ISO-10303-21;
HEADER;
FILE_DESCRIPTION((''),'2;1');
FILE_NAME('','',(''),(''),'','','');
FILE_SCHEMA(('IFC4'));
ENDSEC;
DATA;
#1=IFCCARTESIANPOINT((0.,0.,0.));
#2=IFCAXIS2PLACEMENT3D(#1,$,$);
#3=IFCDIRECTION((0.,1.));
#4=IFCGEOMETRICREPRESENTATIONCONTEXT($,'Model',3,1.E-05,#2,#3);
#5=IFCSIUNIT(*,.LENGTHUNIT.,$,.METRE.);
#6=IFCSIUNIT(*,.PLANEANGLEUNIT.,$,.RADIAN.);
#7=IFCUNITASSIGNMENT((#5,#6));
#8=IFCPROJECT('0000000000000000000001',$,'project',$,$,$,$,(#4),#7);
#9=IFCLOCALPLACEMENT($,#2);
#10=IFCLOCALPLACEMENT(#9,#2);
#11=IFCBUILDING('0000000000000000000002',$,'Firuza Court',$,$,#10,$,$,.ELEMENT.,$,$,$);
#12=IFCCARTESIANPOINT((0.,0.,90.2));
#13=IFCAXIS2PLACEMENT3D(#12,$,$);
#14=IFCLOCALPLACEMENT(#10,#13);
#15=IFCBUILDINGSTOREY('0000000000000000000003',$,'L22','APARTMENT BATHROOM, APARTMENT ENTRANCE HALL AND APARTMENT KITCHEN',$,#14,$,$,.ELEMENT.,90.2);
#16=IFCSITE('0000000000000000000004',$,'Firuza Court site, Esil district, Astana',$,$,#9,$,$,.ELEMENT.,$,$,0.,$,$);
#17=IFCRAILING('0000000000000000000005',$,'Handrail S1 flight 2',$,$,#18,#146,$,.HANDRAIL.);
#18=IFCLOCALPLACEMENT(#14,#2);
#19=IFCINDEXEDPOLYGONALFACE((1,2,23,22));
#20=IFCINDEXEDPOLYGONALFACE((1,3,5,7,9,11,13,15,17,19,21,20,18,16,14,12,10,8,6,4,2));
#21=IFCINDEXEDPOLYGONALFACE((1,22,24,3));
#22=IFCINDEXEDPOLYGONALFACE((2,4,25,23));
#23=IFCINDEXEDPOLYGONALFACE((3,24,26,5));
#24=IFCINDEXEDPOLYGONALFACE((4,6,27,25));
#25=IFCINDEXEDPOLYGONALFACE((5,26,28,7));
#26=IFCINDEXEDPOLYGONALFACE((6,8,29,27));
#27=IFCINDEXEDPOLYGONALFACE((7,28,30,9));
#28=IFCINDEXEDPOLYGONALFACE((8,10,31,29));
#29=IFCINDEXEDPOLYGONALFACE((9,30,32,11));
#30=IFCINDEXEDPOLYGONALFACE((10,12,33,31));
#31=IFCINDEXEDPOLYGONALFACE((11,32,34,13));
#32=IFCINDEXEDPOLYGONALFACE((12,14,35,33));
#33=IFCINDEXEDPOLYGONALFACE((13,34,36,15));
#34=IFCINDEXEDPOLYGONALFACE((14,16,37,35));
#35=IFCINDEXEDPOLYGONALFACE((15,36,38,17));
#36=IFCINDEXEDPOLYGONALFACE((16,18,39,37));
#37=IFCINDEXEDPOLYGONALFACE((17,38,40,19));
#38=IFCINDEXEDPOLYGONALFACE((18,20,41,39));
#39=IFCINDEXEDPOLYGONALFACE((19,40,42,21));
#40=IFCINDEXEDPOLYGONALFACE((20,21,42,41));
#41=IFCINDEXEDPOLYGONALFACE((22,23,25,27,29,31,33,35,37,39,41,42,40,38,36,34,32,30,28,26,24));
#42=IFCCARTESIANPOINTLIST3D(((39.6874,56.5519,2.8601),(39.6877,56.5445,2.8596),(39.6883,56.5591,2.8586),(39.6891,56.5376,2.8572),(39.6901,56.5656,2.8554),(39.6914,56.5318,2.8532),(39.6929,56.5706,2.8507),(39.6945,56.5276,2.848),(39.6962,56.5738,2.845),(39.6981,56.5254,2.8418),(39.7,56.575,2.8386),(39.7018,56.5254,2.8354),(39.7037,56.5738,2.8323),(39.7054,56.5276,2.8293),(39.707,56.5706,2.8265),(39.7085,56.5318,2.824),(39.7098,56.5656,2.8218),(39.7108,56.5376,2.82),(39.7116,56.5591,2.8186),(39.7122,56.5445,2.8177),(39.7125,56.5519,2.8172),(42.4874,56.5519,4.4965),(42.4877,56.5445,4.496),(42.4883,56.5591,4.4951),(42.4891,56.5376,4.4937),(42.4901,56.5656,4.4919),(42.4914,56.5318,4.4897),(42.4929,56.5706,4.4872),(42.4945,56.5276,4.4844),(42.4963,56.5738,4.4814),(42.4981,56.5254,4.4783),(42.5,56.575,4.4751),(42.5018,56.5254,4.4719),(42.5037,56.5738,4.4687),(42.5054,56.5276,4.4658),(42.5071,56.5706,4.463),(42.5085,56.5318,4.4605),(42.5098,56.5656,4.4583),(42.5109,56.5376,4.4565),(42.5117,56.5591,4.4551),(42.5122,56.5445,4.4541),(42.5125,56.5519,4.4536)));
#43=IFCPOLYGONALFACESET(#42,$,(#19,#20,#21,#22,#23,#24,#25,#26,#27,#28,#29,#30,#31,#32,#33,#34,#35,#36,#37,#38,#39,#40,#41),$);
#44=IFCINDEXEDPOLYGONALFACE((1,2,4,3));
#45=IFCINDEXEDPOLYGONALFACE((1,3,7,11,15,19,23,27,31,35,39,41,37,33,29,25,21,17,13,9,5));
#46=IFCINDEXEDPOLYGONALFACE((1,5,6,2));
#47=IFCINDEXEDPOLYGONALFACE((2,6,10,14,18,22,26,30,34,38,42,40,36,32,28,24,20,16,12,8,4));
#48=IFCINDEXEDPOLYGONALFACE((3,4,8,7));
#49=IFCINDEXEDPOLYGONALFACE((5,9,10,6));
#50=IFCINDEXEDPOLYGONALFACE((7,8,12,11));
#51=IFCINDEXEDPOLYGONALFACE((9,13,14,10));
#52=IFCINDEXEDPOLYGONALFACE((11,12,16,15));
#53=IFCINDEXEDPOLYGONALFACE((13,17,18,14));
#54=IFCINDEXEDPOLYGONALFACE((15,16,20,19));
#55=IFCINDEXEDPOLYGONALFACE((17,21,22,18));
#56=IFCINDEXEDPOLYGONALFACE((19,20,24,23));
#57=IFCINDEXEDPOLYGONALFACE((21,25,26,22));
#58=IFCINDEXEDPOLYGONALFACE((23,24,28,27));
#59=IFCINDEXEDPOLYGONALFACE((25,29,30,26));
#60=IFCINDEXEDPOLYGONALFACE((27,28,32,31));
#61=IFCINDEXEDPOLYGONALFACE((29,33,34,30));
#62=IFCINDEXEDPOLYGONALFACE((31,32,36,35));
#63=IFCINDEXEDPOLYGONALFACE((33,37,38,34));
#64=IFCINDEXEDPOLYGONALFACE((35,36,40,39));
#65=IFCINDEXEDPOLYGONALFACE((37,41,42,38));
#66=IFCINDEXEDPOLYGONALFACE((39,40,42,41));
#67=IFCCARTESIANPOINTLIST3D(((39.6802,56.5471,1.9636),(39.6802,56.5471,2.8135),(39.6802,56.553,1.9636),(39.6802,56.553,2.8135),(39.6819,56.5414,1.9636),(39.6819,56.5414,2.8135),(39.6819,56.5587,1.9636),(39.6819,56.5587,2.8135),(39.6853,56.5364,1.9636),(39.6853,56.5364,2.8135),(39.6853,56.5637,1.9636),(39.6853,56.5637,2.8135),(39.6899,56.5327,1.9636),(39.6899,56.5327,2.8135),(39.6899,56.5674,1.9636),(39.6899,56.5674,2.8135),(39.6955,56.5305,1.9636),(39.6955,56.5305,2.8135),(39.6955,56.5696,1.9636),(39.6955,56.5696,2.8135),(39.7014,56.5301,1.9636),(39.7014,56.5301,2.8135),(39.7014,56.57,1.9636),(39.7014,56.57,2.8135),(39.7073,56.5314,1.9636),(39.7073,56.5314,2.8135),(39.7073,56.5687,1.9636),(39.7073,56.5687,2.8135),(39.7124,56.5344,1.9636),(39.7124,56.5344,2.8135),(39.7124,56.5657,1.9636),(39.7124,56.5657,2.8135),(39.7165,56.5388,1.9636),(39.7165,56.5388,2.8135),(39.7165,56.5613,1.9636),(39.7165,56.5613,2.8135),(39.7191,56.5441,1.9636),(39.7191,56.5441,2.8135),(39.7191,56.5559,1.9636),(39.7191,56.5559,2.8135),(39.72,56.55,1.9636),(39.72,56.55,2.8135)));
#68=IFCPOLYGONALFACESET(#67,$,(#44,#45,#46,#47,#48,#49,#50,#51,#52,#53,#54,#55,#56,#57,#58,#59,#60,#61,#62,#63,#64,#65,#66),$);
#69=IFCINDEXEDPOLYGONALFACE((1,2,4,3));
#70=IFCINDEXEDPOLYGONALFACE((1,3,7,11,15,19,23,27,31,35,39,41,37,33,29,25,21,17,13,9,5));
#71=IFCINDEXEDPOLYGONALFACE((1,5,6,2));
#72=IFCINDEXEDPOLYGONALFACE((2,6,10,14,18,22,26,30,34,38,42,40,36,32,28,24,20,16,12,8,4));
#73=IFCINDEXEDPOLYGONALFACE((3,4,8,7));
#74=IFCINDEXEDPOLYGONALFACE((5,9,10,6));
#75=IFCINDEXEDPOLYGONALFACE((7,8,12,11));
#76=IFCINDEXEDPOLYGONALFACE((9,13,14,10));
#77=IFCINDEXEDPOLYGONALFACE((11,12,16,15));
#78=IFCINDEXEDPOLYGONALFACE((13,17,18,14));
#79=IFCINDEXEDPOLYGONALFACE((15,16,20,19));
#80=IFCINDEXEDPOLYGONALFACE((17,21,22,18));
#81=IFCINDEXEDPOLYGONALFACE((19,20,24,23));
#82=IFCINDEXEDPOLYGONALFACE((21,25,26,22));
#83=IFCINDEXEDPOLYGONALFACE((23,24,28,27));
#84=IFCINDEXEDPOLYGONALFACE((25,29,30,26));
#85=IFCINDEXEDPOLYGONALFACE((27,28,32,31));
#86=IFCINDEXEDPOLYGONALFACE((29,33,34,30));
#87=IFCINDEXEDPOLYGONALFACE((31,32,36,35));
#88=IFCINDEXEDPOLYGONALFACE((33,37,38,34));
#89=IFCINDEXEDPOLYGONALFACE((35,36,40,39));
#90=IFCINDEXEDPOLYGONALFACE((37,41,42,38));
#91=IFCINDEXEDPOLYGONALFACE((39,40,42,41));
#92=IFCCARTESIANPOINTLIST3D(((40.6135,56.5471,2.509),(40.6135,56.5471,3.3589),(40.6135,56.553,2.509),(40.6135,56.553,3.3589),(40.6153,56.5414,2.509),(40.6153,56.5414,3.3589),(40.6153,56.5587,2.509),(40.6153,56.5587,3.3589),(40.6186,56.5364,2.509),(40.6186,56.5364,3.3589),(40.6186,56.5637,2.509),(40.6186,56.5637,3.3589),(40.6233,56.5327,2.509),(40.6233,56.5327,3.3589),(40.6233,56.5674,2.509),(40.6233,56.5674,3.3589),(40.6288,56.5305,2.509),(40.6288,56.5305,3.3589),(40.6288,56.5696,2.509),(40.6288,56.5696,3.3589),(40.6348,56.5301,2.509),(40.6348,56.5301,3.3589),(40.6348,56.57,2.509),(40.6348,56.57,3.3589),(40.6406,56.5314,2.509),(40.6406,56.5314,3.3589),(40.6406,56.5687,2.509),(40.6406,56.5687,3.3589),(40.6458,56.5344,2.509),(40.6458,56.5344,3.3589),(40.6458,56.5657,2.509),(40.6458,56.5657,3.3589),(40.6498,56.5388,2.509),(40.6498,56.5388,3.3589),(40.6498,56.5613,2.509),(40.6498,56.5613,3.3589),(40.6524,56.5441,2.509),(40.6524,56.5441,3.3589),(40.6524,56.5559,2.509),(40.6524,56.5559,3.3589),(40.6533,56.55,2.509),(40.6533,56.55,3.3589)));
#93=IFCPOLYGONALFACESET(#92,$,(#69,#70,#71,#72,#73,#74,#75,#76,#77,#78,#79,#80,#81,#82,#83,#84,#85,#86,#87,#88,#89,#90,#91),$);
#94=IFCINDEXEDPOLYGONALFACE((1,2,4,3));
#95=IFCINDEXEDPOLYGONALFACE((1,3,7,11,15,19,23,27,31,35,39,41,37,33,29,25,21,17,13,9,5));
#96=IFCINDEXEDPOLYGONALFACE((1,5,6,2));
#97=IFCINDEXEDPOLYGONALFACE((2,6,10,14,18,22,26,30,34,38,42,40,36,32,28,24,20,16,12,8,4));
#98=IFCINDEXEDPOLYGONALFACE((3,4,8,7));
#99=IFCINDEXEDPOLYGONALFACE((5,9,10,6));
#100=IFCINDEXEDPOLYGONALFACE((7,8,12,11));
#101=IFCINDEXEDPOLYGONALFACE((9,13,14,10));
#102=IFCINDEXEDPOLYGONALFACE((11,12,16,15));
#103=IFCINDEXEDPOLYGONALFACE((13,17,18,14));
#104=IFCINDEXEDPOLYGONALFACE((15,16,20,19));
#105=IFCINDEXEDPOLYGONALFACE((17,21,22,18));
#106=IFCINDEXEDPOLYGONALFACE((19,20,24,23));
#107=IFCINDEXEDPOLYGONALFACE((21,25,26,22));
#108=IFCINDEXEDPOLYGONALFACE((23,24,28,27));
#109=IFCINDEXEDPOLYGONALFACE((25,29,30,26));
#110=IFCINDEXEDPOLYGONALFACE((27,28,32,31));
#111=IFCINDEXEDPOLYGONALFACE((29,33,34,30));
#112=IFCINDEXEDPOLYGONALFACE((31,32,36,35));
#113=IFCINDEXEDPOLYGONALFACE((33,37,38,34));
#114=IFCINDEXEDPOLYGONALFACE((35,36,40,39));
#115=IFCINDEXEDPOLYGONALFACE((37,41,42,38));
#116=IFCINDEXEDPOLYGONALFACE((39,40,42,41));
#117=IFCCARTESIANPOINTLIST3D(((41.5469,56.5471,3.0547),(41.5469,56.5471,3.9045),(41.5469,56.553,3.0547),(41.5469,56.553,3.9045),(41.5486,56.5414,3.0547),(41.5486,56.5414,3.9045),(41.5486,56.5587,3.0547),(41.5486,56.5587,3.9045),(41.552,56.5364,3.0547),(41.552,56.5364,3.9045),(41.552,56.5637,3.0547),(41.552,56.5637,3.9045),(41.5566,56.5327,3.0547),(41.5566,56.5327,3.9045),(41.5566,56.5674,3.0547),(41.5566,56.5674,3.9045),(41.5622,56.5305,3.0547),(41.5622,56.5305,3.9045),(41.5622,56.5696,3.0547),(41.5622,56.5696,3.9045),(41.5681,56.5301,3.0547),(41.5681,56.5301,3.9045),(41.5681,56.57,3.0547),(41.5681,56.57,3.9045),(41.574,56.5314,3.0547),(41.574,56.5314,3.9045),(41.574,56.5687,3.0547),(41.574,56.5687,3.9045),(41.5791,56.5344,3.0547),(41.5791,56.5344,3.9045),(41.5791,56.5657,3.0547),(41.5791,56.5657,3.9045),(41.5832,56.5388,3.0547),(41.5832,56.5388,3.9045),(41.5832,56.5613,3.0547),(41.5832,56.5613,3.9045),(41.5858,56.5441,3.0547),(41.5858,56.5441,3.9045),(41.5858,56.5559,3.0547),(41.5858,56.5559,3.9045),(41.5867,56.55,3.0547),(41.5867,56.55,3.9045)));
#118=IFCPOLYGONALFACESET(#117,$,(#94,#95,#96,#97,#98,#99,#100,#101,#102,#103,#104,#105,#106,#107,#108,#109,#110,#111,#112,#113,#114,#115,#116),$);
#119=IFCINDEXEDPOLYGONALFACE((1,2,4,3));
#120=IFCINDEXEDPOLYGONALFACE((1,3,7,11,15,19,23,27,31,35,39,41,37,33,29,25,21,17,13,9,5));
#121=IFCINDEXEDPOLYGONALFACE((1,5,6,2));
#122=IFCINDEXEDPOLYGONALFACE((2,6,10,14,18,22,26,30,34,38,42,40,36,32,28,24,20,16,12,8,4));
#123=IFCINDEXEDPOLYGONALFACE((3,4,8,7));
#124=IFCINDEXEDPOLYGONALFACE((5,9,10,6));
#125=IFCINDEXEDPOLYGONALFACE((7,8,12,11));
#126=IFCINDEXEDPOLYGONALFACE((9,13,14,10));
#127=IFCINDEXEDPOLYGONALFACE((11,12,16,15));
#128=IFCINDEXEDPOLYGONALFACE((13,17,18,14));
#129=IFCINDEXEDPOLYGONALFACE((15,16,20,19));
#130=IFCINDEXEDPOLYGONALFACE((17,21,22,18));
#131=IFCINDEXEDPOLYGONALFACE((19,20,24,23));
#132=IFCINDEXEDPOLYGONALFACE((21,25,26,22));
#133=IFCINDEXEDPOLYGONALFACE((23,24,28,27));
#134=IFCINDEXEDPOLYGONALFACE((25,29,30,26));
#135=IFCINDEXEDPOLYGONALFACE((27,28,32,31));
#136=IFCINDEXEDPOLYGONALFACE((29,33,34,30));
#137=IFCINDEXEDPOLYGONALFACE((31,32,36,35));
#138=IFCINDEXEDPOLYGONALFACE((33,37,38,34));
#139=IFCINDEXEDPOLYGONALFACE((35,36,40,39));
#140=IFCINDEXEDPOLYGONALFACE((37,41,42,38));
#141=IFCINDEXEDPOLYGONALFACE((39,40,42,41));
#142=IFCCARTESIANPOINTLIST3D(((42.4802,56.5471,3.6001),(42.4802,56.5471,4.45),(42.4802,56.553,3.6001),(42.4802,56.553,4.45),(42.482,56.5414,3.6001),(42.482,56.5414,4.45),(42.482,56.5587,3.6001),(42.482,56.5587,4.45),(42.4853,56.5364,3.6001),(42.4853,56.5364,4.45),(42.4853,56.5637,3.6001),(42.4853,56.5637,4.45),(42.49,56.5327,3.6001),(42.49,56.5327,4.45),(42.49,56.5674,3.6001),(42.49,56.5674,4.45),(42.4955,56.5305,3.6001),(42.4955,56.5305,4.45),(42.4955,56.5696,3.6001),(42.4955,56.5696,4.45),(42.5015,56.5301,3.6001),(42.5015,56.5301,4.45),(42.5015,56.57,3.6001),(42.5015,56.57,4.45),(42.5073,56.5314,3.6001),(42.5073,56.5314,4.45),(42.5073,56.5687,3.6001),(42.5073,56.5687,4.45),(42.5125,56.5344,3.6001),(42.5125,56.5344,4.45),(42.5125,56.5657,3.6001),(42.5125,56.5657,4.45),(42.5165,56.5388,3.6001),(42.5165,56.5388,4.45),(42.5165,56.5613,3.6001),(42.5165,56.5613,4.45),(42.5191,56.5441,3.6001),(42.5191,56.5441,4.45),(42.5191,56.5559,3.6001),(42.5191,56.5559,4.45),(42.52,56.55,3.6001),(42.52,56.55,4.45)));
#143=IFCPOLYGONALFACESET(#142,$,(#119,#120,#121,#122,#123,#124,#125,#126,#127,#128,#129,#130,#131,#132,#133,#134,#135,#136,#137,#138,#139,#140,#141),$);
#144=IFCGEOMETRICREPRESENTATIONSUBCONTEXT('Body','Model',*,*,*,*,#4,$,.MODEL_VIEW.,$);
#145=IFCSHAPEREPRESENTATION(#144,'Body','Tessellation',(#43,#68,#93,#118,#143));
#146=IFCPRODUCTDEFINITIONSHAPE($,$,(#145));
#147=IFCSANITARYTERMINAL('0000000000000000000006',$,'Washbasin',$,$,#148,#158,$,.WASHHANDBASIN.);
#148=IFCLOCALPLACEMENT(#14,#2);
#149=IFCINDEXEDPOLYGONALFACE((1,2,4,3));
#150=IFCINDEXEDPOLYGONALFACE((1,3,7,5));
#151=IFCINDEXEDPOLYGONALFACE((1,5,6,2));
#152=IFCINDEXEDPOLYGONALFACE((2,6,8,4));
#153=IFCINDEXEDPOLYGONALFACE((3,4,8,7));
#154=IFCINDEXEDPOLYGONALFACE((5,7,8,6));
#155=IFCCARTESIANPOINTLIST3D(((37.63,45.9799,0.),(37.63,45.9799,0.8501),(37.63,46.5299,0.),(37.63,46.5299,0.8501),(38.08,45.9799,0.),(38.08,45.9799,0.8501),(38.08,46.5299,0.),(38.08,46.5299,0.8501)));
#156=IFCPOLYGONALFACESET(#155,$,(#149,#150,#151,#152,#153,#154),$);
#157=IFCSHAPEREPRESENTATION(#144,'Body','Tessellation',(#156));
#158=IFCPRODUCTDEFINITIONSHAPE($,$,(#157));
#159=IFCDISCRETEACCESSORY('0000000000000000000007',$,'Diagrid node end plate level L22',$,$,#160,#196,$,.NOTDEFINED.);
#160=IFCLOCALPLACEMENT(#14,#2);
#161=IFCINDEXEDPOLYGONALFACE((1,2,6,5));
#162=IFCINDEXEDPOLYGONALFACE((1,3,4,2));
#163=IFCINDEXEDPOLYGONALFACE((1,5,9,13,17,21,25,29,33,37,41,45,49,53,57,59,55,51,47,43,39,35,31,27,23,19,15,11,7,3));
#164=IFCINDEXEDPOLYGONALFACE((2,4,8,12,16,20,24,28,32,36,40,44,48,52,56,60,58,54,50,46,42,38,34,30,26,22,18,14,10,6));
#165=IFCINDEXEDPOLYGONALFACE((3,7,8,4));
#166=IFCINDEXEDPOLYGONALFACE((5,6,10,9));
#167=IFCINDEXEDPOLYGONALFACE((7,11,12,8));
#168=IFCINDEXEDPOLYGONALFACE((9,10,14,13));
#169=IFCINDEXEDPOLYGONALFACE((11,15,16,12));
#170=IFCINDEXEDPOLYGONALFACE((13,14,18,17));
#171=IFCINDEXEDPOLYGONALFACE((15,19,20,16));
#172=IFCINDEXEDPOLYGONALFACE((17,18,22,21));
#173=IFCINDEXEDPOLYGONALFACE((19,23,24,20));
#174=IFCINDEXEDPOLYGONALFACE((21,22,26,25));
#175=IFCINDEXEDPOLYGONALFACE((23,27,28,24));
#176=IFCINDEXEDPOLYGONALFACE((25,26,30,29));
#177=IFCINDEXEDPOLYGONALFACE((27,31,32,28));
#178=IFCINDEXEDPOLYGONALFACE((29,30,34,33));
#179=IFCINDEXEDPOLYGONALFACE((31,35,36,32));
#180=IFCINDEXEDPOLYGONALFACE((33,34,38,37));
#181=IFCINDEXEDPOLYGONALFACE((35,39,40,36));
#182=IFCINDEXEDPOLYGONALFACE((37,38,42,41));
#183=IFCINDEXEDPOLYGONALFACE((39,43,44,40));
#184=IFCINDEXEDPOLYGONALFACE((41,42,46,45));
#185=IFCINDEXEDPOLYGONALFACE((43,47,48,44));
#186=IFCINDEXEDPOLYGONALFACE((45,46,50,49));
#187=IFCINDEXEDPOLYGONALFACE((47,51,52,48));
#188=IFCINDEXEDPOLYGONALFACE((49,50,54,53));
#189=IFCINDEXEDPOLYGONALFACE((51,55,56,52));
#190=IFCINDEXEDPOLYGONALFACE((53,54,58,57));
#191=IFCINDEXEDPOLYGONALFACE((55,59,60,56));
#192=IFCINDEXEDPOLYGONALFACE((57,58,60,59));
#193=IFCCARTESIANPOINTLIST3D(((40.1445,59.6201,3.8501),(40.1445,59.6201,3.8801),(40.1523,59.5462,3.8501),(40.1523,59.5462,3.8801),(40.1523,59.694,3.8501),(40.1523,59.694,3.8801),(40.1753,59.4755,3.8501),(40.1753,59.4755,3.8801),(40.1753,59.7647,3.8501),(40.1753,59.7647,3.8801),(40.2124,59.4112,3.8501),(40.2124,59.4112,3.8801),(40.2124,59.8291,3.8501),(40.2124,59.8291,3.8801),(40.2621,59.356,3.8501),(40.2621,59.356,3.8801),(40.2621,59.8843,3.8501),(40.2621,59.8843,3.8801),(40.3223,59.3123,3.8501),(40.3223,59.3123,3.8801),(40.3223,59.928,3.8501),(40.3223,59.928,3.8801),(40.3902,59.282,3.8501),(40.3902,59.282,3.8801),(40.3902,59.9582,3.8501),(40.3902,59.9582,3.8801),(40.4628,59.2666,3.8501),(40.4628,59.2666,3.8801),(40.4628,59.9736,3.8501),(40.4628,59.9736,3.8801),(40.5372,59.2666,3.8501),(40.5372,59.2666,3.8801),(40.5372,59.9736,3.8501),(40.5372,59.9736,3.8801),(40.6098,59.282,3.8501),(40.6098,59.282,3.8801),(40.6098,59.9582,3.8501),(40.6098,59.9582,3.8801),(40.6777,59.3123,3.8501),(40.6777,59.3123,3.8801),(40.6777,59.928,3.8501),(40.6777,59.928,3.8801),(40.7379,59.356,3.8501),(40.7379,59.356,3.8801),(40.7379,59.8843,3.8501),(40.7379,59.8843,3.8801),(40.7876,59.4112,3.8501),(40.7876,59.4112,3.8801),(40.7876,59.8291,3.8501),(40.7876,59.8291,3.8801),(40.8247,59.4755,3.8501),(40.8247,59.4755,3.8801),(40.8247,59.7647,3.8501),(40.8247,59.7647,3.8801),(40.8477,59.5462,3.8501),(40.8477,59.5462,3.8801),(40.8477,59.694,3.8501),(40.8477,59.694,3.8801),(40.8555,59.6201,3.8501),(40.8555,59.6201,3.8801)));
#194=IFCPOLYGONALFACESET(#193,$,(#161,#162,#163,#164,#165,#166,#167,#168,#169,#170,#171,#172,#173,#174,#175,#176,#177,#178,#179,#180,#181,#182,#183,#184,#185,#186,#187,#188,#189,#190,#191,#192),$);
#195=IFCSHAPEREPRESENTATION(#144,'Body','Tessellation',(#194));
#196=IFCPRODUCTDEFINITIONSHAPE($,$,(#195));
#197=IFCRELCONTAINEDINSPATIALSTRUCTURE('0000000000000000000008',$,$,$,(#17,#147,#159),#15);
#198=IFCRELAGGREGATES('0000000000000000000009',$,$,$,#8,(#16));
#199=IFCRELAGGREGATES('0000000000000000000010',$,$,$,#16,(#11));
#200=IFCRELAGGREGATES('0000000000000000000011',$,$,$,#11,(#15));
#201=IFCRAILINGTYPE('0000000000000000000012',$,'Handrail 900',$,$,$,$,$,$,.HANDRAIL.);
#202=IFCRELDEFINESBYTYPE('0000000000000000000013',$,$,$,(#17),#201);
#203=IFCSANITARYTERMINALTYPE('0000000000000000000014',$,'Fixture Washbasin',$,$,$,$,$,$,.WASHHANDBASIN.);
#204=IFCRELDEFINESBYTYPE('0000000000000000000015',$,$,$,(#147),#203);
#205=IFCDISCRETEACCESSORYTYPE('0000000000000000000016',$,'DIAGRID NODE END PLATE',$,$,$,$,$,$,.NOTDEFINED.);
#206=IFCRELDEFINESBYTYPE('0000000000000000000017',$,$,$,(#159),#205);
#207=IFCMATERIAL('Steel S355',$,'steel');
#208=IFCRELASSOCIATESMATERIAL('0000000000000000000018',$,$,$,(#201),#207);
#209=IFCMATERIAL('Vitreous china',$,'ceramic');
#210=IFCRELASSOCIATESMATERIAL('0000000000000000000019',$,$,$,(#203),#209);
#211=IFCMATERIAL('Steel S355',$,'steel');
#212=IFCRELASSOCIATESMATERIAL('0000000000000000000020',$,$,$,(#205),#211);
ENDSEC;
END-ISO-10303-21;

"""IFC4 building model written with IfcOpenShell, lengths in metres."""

from ifc_helpers import new_model, si_unit, direction, frame, origin, origin_2d, place, context, subcontext, project, spatial, rectangle, circle, extrude, material, material_profile, profile_set, type_object, element, save


model = new_model("IFC4")

# Units and contexts
model_context = context("Model", 3, precision=1e-05, world=origin(), true_north=direction((0.0, 1.0)))
body_context = subcontext(model_context, "Body", "Model", "MODEL_VIEW")
ifc_project = project(units=[si_unit("LENGTHUNIT", "METRE"), si_unit("PLANEANGLEUNIT", "RADIAN")], contexts=[model_context])

# Site, building, storey
site_placement = place(None, origin())
site = spatial("IfcSite", under=ifc_project, at=site_placement, Name="Firuza Court site, Esil district, Astana", CompositionType="ELEMENT", RefElevation=0.0)
building_placement = place(site_placement, origin())
building = spatial("IfcBuilding", under=site, at=building_placement, Name="Firuza Court", CompositionType="ELEMENT")
storey_placement = place(building_placement, frame((0.0, 0.0, 90.2)))
storey = spatial("IfcBuildingStorey", under=building, at=storey_placement, Name="L22", Description="APARTMENT BATHROOM, APARTMENT ENTRANCE HALL AND APARTMENT KITCHEN", CompositionType="ELEMENT", Elevation=90.2)

# Railing
ifc_material_1 = material(Name="Steel S355", Category="steel")
railing_type_1 = type_object("IfcRailingType", Name="Handrail 900", PredefinedType="HANDRAIL", material=ifc_material_1)
railing_1_placement = place(storey_placement, frame((39.7, 56.55, 1.9636)))
element("IfcRailing", 1, at=railing_1_placement, inside=storey, type_object=railing_type_1, Name="Handrail S1 flight 2", PredefinedType="HANDRAIL", context=body_context, shape_type="SweptSolid", body=[
    extrude(circle(Radius=0.0249, at=origin_2d()), frame((0.0, 0.0, 0.875), z_axis=(0.863361, 0.0, 0.504587), x_axis=(0.0, 1.0, 0.0)), (0.0, 0.0, 1.0), 3.2432),
    extrude(circle(Radius=0.02, at=origin_2d()), origin(), (0.0, 0.0, 1.0), 0.8499),
    extrude(circle(Radius=0.02, at=origin_2d()), frame((0.9333, 0.0, 0.5454)), (0.0, 0.0, 1.0), 0.8499),
    extrude(circle(Radius=0.02, at=origin_2d()), frame((1.8667, 0.0, 1.0911)), (0.0, 0.0, 1.0), 0.8499),
    extrude(circle(Radius=0.02, at=origin_2d()), frame((2.8, 0.0, 1.6365)), (0.0, 0.0, 1.0), 0.8499),
])

# Sanitary terminal
ifc_material_2 = material(Name="Vitreous china", Category="ceramic")
sanitary_terminal_type = type_object("IfcSanitaryTerminalType", Name="Fixture Washbasin", PredefinedType="WASHHANDBASIN", material=ifc_material_2)
sanitary_terminal_placement = place(storey_placement, frame((37.855, 46.2549, 0.0), z_axis=(0.0, 0.0, 1.0), x_axis=(1.0, 0.0, 0.0)))
element("IfcSanitaryTerminal", 2, at=sanitary_terminal_placement, inside=storey, type_object=sanitary_terminal_type, Name="Washbasin", PredefinedType="WASHHANDBASIN", context=body_context, shape_type="SweptSolid", body=[
    extrude(rectangle(XDim=0.45, YDim=0.55, at=origin_2d()), origin(), (0.0, 0.0, 1.0), 0.8501),
])

# Discrete accessory
ifc_material_3 = material(Name="Steel S355", Category="steel")
ifc_material_profile_1 = material_profile(ifc_material_3, circle(Radius=0.3555, at=origin_2d()), Name="PL D711")
ifc_profile_set_1 = profile_set([ifc_material_profile_1], Name="Steel S355")
discrete_accessory_type = type_object("IfcDiscreteAccessoryType", Name="DIAGRID NODE END PLATE", PredefinedType="NOTDEFINED", material=ifc_profile_set_1)
for number, where, z_axis, x_axis, name in (
    (3, (40.5, 59.6201, 3.8501), (0.0, 0.0, 1.0), (1.0, 0.0, 0.0), "Diagrid node end plate level L22"),
):
    element("IfcDiscreteAccessory", number, at=place(storey_placement, frame(where, z_axis=z_axis, x_axis=x_axis)), inside=storey, type_object=discrete_accessory_type, Name=name, PredefinedType="NOTDEFINED", context=body_context, shape_type="SweptSolid", body=[
        extrude(circle(Radius=0.3555, at=origin_2d()), origin(), (0.0, 0.0, 1.0), 0.03),
    ])

save(model, "model.ifc")
